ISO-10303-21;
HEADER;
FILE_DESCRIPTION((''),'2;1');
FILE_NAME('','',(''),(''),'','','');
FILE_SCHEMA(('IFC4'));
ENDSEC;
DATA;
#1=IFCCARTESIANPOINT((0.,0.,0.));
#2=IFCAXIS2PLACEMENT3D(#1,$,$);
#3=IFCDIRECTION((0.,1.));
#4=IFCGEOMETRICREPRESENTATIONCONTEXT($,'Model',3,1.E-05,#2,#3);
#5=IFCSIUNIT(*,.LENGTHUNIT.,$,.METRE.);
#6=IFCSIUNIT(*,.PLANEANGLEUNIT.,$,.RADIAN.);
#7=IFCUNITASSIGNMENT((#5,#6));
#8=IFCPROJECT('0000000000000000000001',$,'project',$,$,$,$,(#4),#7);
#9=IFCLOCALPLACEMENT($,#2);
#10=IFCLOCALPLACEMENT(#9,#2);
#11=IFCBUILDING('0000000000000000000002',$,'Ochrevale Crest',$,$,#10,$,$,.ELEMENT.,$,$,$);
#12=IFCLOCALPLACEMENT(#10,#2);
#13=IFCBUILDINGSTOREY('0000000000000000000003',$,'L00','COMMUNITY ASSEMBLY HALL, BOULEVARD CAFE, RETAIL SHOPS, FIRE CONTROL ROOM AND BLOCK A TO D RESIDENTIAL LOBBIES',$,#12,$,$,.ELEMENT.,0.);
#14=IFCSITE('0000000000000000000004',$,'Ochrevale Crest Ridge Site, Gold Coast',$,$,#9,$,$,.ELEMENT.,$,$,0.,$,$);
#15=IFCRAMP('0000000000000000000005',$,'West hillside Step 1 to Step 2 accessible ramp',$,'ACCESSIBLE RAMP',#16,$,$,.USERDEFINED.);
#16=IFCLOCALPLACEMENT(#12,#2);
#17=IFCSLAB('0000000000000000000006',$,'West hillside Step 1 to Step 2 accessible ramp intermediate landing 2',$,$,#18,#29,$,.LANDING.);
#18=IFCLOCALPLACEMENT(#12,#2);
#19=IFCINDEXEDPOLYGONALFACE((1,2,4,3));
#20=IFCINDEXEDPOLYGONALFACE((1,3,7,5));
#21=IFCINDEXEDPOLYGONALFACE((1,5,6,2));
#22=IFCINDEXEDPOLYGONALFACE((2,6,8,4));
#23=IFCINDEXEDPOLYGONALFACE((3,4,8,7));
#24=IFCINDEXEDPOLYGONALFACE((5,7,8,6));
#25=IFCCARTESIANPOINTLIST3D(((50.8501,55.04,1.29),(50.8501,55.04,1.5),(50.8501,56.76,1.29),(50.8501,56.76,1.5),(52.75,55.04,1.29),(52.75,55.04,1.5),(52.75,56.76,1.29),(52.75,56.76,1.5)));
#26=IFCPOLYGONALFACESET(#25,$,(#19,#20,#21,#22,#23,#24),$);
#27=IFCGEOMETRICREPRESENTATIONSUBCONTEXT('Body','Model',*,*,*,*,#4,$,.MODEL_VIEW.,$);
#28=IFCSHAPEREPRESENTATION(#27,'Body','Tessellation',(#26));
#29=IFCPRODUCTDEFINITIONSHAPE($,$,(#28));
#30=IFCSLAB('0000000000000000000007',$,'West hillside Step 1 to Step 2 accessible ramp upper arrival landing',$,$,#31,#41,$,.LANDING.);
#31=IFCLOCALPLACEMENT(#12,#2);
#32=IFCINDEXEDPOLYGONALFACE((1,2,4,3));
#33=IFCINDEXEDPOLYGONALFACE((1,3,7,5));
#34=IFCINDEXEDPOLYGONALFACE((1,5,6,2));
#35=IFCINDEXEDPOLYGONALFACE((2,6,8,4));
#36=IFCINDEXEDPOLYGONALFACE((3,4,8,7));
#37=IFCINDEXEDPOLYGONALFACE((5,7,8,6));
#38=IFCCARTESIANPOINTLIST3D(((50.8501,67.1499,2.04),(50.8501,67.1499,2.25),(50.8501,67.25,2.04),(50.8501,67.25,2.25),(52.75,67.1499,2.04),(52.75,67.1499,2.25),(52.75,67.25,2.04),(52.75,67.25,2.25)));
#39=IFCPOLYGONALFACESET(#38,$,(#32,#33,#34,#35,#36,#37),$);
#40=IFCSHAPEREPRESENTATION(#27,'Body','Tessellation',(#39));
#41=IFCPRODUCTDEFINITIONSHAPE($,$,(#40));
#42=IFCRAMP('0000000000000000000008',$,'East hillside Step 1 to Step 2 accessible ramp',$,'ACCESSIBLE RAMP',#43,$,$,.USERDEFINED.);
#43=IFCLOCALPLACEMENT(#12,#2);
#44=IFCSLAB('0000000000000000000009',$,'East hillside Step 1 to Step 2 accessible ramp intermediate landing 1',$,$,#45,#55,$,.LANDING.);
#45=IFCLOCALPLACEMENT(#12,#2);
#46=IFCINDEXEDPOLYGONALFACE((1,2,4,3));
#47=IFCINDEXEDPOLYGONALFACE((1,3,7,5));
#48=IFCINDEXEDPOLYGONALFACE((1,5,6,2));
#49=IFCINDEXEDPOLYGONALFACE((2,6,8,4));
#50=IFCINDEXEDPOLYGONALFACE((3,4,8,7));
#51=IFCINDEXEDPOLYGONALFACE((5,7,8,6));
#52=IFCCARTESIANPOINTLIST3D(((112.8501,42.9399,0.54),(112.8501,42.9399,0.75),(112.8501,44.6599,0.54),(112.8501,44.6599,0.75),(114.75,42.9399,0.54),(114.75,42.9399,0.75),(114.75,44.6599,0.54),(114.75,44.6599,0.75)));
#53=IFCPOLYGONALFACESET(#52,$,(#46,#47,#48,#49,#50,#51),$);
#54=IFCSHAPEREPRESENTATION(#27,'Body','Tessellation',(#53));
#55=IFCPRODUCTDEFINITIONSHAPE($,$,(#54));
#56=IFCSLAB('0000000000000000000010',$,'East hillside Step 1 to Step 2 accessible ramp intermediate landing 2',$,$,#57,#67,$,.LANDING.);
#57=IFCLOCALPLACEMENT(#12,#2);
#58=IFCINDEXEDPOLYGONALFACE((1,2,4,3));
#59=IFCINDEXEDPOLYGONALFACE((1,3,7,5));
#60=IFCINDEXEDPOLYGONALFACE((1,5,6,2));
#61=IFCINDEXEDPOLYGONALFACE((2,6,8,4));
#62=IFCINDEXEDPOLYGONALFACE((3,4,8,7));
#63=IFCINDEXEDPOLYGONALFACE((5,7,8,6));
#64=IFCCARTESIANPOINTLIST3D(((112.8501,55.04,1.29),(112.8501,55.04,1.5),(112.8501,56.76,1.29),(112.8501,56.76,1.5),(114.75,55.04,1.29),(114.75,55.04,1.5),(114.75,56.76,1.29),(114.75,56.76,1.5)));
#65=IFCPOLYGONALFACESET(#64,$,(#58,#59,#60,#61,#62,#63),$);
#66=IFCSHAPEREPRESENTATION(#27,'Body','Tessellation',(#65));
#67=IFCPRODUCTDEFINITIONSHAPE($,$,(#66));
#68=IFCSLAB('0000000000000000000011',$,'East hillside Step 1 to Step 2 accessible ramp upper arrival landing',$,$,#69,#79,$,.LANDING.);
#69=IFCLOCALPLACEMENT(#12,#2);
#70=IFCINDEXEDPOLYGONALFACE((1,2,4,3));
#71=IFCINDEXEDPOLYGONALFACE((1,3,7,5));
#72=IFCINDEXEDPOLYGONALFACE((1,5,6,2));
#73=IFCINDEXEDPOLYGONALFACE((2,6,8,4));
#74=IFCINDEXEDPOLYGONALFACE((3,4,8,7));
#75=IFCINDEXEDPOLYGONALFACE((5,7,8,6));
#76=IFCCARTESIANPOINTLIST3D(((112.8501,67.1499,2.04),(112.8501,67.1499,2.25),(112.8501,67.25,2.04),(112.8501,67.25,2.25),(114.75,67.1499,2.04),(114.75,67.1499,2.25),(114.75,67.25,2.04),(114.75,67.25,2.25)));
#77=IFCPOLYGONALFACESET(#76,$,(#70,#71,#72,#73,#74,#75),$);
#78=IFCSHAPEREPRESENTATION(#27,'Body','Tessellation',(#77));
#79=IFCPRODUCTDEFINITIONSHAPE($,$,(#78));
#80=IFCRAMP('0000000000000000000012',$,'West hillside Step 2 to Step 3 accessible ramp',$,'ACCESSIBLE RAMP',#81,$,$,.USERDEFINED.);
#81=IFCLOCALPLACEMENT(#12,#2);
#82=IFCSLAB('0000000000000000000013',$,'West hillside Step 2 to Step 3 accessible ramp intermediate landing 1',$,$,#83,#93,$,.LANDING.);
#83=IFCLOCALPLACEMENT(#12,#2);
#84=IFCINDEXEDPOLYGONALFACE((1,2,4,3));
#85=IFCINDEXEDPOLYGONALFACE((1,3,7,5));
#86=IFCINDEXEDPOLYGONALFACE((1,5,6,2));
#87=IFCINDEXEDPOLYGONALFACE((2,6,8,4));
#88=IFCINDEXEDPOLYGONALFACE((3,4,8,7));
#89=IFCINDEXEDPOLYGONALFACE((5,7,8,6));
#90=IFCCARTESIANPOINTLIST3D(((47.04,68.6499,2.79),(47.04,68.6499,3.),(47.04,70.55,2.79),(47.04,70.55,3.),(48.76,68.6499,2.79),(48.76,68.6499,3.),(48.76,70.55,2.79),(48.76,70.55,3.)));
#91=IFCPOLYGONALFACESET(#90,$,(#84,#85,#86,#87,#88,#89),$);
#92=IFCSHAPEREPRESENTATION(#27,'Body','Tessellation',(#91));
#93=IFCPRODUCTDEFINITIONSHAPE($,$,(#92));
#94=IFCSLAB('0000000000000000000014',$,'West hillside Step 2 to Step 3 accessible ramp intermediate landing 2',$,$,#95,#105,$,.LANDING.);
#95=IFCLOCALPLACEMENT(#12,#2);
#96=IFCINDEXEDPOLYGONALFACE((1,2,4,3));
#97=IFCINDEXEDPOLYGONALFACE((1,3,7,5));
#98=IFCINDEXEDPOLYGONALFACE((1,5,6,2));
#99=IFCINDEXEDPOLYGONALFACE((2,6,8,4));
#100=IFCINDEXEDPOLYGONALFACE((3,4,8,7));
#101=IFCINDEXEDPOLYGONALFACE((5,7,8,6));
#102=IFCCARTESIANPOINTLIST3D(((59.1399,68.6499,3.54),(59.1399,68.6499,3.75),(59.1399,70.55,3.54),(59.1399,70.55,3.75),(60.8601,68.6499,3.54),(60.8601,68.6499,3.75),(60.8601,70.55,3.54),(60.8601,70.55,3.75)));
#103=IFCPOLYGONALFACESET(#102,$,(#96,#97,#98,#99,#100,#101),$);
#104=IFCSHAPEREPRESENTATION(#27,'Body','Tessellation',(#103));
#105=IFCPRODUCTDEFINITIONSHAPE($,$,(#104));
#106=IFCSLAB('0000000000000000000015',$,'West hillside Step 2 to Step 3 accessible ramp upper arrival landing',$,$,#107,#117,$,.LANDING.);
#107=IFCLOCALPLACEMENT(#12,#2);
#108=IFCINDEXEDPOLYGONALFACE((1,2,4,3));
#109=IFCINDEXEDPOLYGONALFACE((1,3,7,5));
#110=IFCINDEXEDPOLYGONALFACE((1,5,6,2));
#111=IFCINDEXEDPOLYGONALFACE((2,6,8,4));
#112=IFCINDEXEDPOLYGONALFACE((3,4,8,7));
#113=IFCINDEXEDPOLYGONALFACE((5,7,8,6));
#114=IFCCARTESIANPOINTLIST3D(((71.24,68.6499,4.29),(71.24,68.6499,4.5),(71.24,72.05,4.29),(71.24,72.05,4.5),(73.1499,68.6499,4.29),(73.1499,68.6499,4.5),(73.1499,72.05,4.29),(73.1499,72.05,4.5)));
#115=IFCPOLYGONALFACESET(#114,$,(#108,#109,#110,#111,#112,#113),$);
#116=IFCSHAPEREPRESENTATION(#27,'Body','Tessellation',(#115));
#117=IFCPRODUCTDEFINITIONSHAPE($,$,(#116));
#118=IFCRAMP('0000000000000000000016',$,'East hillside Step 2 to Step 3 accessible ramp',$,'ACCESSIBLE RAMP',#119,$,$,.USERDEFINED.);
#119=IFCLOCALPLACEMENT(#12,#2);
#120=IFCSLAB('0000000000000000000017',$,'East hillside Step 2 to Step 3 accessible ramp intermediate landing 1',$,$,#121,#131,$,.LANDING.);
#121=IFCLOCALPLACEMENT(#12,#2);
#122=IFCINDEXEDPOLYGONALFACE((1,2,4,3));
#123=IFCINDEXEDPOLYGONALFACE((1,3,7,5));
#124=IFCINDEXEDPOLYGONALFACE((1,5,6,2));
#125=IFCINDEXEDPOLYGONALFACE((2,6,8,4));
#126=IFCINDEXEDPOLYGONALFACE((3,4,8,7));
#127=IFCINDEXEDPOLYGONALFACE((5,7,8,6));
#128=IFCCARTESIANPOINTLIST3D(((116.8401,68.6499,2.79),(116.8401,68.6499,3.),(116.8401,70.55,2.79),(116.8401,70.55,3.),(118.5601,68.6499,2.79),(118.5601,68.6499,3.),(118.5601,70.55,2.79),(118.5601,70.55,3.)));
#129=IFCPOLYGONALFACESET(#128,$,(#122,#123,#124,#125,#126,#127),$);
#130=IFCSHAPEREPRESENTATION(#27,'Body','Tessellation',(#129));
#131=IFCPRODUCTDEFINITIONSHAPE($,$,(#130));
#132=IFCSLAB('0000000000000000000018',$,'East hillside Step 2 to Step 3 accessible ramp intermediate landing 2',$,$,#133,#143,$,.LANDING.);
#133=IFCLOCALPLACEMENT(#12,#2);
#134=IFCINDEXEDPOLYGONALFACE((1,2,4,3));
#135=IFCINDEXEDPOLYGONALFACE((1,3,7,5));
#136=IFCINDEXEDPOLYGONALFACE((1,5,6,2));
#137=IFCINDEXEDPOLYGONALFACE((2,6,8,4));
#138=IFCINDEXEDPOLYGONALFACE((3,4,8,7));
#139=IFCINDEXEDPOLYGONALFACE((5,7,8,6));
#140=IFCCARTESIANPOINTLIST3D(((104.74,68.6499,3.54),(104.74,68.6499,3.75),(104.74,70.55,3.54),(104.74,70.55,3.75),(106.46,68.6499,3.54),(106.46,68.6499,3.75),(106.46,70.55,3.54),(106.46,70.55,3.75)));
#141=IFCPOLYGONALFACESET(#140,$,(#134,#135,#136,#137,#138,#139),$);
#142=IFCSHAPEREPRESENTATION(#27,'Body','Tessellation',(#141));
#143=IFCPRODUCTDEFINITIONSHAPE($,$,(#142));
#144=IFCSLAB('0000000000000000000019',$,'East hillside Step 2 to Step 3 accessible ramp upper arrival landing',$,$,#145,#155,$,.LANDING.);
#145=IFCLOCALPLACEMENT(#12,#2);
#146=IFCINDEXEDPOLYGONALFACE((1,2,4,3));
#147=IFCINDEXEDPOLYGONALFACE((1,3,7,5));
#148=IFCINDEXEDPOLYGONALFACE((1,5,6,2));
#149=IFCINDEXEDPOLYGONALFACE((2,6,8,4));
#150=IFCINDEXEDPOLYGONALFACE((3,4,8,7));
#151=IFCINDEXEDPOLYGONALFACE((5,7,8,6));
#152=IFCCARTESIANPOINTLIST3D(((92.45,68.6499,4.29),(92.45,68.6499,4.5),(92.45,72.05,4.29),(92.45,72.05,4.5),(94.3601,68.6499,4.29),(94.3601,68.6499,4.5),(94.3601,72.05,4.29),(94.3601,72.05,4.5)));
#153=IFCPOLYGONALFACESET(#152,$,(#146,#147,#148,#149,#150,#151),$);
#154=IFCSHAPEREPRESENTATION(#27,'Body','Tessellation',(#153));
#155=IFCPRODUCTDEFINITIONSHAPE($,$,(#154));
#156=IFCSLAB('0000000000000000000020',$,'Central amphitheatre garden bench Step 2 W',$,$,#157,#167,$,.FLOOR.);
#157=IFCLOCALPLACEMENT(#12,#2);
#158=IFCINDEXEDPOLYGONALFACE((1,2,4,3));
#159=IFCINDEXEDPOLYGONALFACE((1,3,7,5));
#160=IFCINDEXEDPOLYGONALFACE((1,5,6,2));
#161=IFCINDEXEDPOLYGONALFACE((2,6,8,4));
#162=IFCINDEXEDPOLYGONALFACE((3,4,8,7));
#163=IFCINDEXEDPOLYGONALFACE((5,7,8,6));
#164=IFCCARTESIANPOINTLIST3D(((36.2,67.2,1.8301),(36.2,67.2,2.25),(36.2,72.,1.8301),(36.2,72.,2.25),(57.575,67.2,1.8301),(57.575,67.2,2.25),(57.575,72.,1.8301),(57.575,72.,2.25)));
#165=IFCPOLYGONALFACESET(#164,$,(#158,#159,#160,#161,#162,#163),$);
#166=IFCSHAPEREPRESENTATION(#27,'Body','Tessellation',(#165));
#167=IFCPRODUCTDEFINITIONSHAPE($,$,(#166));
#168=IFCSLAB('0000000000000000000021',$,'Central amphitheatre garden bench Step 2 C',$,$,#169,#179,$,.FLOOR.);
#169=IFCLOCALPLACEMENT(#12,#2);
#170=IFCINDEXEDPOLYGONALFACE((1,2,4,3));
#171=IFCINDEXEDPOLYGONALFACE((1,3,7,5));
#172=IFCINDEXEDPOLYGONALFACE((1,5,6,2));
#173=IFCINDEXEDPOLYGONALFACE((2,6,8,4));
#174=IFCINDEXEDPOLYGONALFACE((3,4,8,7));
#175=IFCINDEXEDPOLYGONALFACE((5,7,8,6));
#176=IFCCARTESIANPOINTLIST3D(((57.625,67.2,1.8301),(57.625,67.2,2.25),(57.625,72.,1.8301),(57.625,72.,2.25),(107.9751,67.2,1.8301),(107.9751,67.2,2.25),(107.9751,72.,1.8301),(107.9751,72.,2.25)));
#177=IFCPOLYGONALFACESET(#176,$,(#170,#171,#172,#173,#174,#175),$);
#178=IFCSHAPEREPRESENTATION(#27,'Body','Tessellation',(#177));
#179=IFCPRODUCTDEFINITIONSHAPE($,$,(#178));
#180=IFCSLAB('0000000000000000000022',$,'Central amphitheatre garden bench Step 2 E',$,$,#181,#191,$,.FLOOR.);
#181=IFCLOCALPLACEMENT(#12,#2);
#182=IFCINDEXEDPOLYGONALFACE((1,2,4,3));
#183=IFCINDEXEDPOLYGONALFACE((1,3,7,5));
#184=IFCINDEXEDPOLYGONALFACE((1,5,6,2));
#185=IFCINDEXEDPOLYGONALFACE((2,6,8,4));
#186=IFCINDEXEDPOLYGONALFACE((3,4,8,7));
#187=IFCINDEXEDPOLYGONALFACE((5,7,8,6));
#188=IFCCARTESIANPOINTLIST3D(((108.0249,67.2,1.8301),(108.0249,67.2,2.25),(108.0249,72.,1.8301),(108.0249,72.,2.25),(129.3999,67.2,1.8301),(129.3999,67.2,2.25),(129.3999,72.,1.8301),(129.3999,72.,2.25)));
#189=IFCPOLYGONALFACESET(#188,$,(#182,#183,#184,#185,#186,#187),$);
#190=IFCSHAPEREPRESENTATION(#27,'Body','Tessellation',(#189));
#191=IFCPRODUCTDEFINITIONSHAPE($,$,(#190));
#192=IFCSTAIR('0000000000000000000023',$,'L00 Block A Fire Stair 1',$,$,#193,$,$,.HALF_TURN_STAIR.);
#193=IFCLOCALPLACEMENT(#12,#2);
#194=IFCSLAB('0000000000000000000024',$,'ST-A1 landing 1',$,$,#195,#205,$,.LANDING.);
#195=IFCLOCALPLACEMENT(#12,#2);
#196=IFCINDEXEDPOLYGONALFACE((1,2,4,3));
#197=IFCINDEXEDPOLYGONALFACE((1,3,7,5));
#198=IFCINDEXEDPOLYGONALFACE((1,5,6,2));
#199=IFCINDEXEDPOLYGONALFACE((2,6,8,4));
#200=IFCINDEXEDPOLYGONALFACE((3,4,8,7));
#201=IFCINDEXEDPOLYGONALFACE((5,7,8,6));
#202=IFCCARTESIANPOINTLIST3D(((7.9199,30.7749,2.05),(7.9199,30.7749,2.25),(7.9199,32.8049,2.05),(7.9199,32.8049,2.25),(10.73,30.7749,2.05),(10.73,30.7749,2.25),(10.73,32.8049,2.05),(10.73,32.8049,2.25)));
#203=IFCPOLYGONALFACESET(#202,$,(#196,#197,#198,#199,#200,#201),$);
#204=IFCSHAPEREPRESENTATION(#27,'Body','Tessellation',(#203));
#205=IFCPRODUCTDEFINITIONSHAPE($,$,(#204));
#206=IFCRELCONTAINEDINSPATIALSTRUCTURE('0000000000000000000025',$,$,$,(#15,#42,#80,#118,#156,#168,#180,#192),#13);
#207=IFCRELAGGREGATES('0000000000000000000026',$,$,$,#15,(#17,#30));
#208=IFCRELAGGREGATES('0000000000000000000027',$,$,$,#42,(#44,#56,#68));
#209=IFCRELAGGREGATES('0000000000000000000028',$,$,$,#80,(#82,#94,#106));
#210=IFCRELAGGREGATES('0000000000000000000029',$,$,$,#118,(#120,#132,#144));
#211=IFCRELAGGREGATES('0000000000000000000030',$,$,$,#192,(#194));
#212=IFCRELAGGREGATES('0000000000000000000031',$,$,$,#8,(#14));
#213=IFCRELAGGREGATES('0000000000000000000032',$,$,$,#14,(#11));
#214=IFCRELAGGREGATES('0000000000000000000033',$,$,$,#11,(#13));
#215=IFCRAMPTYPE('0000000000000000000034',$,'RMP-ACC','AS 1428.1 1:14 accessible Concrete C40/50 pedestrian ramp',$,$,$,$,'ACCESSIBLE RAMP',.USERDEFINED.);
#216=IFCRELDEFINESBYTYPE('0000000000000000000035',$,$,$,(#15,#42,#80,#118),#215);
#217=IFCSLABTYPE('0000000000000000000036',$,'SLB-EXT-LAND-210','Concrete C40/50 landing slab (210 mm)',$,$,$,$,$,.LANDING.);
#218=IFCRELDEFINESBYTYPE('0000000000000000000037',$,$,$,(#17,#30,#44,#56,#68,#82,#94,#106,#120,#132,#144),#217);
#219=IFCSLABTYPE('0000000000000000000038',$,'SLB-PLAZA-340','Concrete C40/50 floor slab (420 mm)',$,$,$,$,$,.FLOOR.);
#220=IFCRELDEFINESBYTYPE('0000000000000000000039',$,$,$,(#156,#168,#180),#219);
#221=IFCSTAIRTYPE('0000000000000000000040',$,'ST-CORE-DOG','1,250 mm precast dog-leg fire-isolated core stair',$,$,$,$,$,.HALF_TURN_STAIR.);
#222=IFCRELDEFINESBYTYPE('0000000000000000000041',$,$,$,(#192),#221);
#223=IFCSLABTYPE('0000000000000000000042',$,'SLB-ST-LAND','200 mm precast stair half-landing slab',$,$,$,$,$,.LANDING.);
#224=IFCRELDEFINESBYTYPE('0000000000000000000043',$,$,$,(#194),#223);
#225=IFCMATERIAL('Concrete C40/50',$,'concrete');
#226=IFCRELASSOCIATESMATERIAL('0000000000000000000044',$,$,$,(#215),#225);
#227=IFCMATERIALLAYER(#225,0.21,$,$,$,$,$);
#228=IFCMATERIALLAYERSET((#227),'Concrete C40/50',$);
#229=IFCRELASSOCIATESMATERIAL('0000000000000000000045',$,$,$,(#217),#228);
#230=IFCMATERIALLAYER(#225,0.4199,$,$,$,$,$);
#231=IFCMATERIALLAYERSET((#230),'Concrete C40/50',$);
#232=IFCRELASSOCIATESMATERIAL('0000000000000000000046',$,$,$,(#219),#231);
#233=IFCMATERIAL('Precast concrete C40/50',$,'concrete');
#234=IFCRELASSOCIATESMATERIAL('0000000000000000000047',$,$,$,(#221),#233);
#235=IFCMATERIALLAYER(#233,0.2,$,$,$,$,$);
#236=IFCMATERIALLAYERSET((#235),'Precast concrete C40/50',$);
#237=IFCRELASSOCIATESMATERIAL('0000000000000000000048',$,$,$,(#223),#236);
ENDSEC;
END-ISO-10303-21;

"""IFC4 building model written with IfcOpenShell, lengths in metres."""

from ifc_helpers import new_model, si_unit, direction, frame, origin, place, context, subcontext, project, spatial, polyline, outline, extrude, material, layer, layer_set, type_object, element, aggregate, save


model = new_model("IFC4")

# Units and contexts
model_context = context("Model", 3, precision=1e-05, world=origin(), true_north=direction((0.0, 1.0)))
body_context = subcontext(model_context, "Body", "Model", "MODEL_VIEW")
ifc_project = project(units=[si_unit("LENGTHUNIT", "METRE"), si_unit("PLANEANGLEUNIT", "RADIAN")], contexts=[model_context])

# Site, building, storey
site_placement = place(None, origin())
site = spatial("IfcSite", under=ifc_project, at=site_placement, Name="Ochrevale Crest Ridge Site, Gold Coast", CompositionType="ELEMENT", RefElevation=0.0)
building_placement = place(site_placement, origin())
building = spatial("IfcBuilding", under=site, at=building_placement, Name="Ochrevale Crest", CompositionType="ELEMENT")
storey_placement = place(building_placement, origin())
storey = spatial("IfcBuildingStorey", under=building, at=storey_placement, Name="L00", Description="COMMUNITY ASSEMBLY HALL, BOULEVARD CAFE, RETAIL SHOPS, FIRE CONTROL ROOM AND BLOCK A TO D RESIDENTIAL LOBBIES", CompositionType="ELEMENT", Elevation=0.0)

# Ramps, slabs
ifc_material_1 = material(Name="Concrete C40/50", Category="concrete")
ramp_type = type_object("IfcRampType", Name="RMP-ACC", Description="AS 1428.1 1:14 accessible Concrete C40/50 pedestrian ramp", ElementType="ACCESSIBLE RAMP", PredefinedType="USERDEFINED", material=ifc_material_1)
ramp_1_placement = place(storey_placement, origin())
ramp_1 = element("IfcRamp", 1, at=ramp_1_placement, inside=storey, type_object=ramp_type, Name="West hillside Step 1 to Step 2 accessible ramp", ObjectType="ACCESSIBLE RAMP", PredefinedType="USERDEFINED")
ifc_layer_1 = layer(ifc_material_1, 0.21)
ifc_layer_set_1 = layer_set([ifc_layer_1], Name="Concrete C40/50")
slab_type_1 = type_object("IfcSlabType", Name="SLB-EXT-LAND-210", Description="Concrete C40/50 landing slab (210 mm)", PredefinedType="LANDING", material=ifc_layer_set_1)
slab_1_placement = place(storey_placement, frame((0.0, 0.0, 1.29)))
slab_1 = element("IfcSlab", 2, at=slab_1_placement, type_object=slab_type_1, Name="West hillside Step 1 to Step 2 accessible ramp intermediate landing 2", PredefinedType="LANDING", context=body_context, shape_type="SweptSolid", body=[
    extrude(outline(polyline([(50.8501, 55.04), (52.75, 55.04), (52.75, 56.76), (50.8501, 56.76), (50.8501, 55.04)])), origin(), (0.0, 0.0, 1.0), 0.21),
])
slab_2_placement = place(storey_placement, frame((0.0, 0.0, 2.04)))
slab_2 = element("IfcSlab", 3, at=slab_2_placement, type_object=slab_type_1, Name="West hillside Step 1 to Step 2 accessible ramp upper arrival landing", PredefinedType="LANDING", context=body_context, shape_type="SweptSolid", body=[
    extrude(outline(polyline([(50.8501, 67.1499), (52.75, 67.1499), (52.75, 67.25), (50.8501, 67.25), (50.8501, 67.1499)])), origin(), (0.0, 0.0, 1.0), 0.21),
])
aggregate(ramp_1, [slab_1, slab_2])
ramp_2_placement = place(storey_placement, origin())
ramp_2 = element("IfcRamp", 4, at=ramp_2_placement, inside=storey, type_object=ramp_type, Name="East hillside Step 1 to Step 2 accessible ramp", ObjectType="ACCESSIBLE RAMP", PredefinedType="USERDEFINED")
slab_3_placement = place(storey_placement, frame((0.0, 0.0, 0.54)))
slab_3 = element("IfcSlab", 5, at=slab_3_placement, type_object=slab_type_1, Name="East hillside Step 1 to Step 2 accessible ramp intermediate landing 1", PredefinedType="LANDING", context=body_context, shape_type="SweptSolid", body=[
    extrude(outline(polyline([(112.8501, 42.9399), (114.75, 42.9399), (114.75, 44.6599), (112.8501, 44.6599), (112.8501, 42.9399)])), origin(), (0.0, 0.0, 1.0), 0.21),
])
slab_4_placement = place(storey_placement, frame((0.0, 0.0, 1.29)))
slab_4 = element("IfcSlab", 6, at=slab_4_placement, type_object=slab_type_1, Name="East hillside Step 1 to Step 2 accessible ramp intermediate landing 2", PredefinedType="LANDING", context=body_context, shape_type="SweptSolid", body=[
    extrude(outline(polyline([(112.8501, 55.04), (114.75, 55.04), (114.75, 56.76), (112.8501, 56.76), (112.8501, 55.04)])), origin(), (0.0, 0.0, 1.0), 0.21),
])
slab_5_placement = place(storey_placement, frame((0.0, 0.0, 2.04)))
slab_5 = element("IfcSlab", 7, at=slab_5_placement, type_object=slab_type_1, Name="East hillside Step 1 to Step 2 accessible ramp upper arrival landing", PredefinedType="LANDING", context=body_context, shape_type="SweptSolid", body=[
    extrude(outline(polyline([(112.8501, 67.1499), (114.75, 67.1499), (114.75, 67.25), (112.8501, 67.25), (112.8501, 67.1499)])), origin(), (0.0, 0.0, 1.0), 0.21),
])
aggregate(ramp_2, [slab_3, slab_4, slab_5])
ramp_3_placement = place(storey_placement, origin())
ramp_3 = element("IfcRamp", 8, at=ramp_3_placement, inside=storey, type_object=ramp_type, Name="West hillside Step 2 to Step 3 accessible ramp", ObjectType="ACCESSIBLE RAMP", PredefinedType="USERDEFINED")
slab_6_placement = place(storey_placement, frame((0.0, 0.0, 2.79)))
slab_6 = element("IfcSlab", 9, at=slab_6_placement, type_object=slab_type_1, Name="West hillside Step 2 to Step 3 accessible ramp intermediate landing 1", PredefinedType="LANDING", context=body_context, shape_type="SweptSolid", body=[
    extrude(outline(polyline([(47.04, 68.6499), (48.76, 68.6499), (48.76, 70.55), (47.04, 70.55), (47.04, 68.6499)])), origin(), (0.0, 0.0, 1.0), 0.21),
])
slab_7_placement = place(storey_placement, frame((0.0, 0.0, 3.54)))
slab_7 = element("IfcSlab", 10, at=slab_7_placement, type_object=slab_type_1, Name="West hillside Step 2 to Step 3 accessible ramp intermediate landing 2", PredefinedType="LANDING", context=body_context, shape_type="SweptSolid", body=[
    extrude(outline(polyline([(59.1399, 68.6499), (60.8601, 68.6499), (60.8601, 70.55), (59.1399, 70.55), (59.1399, 68.6499)])), origin(), (0.0, 0.0, 1.0), 0.21),
])
slab_8_placement = place(storey_placement, frame((0.0, 0.0, 4.29)))
slab_8 = element("IfcSlab", 11, at=slab_8_placement, type_object=slab_type_1, Name="West hillside Step 2 to Step 3 accessible ramp upper arrival landing", PredefinedType="LANDING", context=body_context, shape_type="SweptSolid", body=[
    extrude(outline(polyline([(71.24, 68.6499), (73.1499, 68.6499), (73.1499, 72.05), (71.24, 72.05), (71.24, 68.6499)])), origin(), (0.0, 0.0, 1.0), 0.21),
])
aggregate(ramp_3, [slab_6, slab_7, slab_8])
ramp_4_placement = place(storey_placement, origin())
ramp_4 = element("IfcRamp", 12, at=ramp_4_placement, inside=storey, type_object=ramp_type, Name="East hillside Step 2 to Step 3 accessible ramp", ObjectType="ACCESSIBLE RAMP", PredefinedType="USERDEFINED")
slab_9_placement = place(storey_placement, frame((0.0, 0.0, 2.79)))
slab_9 = element("IfcSlab", 13, at=slab_9_placement, type_object=slab_type_1, Name="East hillside Step 2 to Step 3 accessible ramp intermediate landing 1", PredefinedType="LANDING", context=body_context, shape_type="SweptSolid", body=[
    extrude(outline(polyline([(116.8401, 68.6499), (118.5601, 68.6499), (118.5601, 70.55), (116.8401, 70.55), (116.8401, 68.6499)])), origin(), (0.0, 0.0, 1.0), 0.21),
])
slab_10_placement = place(storey_placement, frame((0.0, 0.0, 3.54)))
slab_10 = element("IfcSlab", 14, at=slab_10_placement, type_object=slab_type_1, Name="East hillside Step 2 to Step 3 accessible ramp intermediate landing 2", PredefinedType="LANDING", context=body_context, shape_type="SweptSolid", body=[
    extrude(outline(polyline([(104.74, 68.6499), (106.46, 68.6499), (106.46, 70.55), (104.74, 70.55), (104.74, 68.6499)])), origin(), (0.0, 0.0, 1.0), 0.21),
])
slab_11_placement = place(storey_placement, frame((0.0, 0.0, 4.29)))
slab_11 = element("IfcSlab", 15, at=slab_11_placement, type_object=slab_type_1, Name="East hillside Step 2 to Step 3 accessible ramp upper arrival landing", PredefinedType="LANDING", context=body_context, shape_type="SweptSolid", body=[
    extrude(outline(polyline([(92.45, 68.6499), (94.3601, 68.6499), (94.3601, 72.05), (92.45, 72.05), (92.45, 68.6499)])), origin(), (0.0, 0.0, 1.0), 0.21),
])
aggregate(ramp_4, [slab_9, slab_10, slab_11])

# Slabs
ifc_layer_2 = layer(ifc_material_1, 0.4199)
ifc_layer_set_2 = layer_set([ifc_layer_2], Name="Concrete C40/50")
slab_type_2 = type_object("IfcSlabType", Name="SLB-PLAZA-340", Description="Concrete C40/50 floor slab (420 mm)", PredefinedType="FLOOR", material=ifc_layer_set_2)
slab_12_placement = place(storey_placement, frame((0.0, 0.0, 1.8301)))
element("IfcSlab", 16, at=slab_12_placement, inside=storey, type_object=slab_type_2, Name="Central amphitheatre garden bench Step 2 W", PredefinedType="FLOOR", context=body_context, shape_type="SweptSolid", body=[
    extrude(outline(polyline([(36.2, 67.2), (57.575, 67.2), (57.575, 72.0), (36.2, 72.0), (36.2, 67.2)])), origin(), (0.0, 0.0, 1.0), 0.4199),
])
slab_13_placement = place(storey_placement, frame((0.0, 0.0, 1.8301)))
element("IfcSlab", 17, at=slab_13_placement, inside=storey, type_object=slab_type_2, Name="Central amphitheatre garden bench Step 2 C", PredefinedType="FLOOR", context=body_context, shape_type="SweptSolid", body=[
    extrude(outline(polyline([(57.625, 67.2), (107.9751, 67.2), (107.9751, 72.0), (57.625, 72.0), (57.625, 67.2)])), origin(), (0.0, 0.0, 1.0), 0.4199),
])
slab_14_placement = place(storey_placement, frame((0.0, 0.0, 1.8301)))
element("IfcSlab", 18, at=slab_14_placement, inside=storey, type_object=slab_type_2, Name="Central amphitheatre garden bench Step 2 E", PredefinedType="FLOOR", context=body_context, shape_type="SweptSolid", body=[
    extrude(outline(polyline([(108.0249, 67.2), (129.3999, 67.2), (129.3999, 72.0), (108.0249, 72.0), (108.0249, 67.2)])), origin(), (0.0, 0.0, 1.0), 0.4199),
])

# Stair, slab
ifc_material_2 = material(Name="Precast concrete C40/50", Category="concrete")
stair_type = type_object("IfcStairType", Name="ST-CORE-DOG", Description="1,250 mm precast dog-leg fire-isolated core stair", PredefinedType="HALF_TURN_STAIR", material=ifc_material_2)
stair_1_placement = place(storey_placement, origin())
stair_1 = element("IfcStair", 19, at=stair_1_placement, inside=storey, type_object=stair_type, Name="L00 Block A Fire Stair 1", PredefinedType="HALF_TURN_STAIR")
ifc_layer_3 = layer(ifc_material_2, 0.2)
ifc_layer_set_3 = layer_set([ifc_layer_3], Name="Precast concrete C40/50")
slab_type_3 = type_object("IfcSlabType", Name="SLB-ST-LAND", Description="200 mm precast stair half-landing slab", PredefinedType="LANDING", material=ifc_layer_set_3)
slab_15_placement = place(storey_placement, frame((0.0, 0.0, 2.05)))
slab_15 = element("IfcSlab", 20, at=slab_15_placement, type_object=slab_type_3, Name="ST-A1 landing 1", PredefinedType="LANDING", context=body_context, shape_type="SweptSolid", body=[
    extrude(outline(polyline([(10.73, 30.7749), (10.73, 32.8049), (7.9199, 32.8049), (7.9199, 30.7749), (10.73, 30.7749)])), origin(), (0.0, 0.0, 1.0), 0.2),
])
aggregate(stair_1, [slab_15])

save(model, "model.ifc")
